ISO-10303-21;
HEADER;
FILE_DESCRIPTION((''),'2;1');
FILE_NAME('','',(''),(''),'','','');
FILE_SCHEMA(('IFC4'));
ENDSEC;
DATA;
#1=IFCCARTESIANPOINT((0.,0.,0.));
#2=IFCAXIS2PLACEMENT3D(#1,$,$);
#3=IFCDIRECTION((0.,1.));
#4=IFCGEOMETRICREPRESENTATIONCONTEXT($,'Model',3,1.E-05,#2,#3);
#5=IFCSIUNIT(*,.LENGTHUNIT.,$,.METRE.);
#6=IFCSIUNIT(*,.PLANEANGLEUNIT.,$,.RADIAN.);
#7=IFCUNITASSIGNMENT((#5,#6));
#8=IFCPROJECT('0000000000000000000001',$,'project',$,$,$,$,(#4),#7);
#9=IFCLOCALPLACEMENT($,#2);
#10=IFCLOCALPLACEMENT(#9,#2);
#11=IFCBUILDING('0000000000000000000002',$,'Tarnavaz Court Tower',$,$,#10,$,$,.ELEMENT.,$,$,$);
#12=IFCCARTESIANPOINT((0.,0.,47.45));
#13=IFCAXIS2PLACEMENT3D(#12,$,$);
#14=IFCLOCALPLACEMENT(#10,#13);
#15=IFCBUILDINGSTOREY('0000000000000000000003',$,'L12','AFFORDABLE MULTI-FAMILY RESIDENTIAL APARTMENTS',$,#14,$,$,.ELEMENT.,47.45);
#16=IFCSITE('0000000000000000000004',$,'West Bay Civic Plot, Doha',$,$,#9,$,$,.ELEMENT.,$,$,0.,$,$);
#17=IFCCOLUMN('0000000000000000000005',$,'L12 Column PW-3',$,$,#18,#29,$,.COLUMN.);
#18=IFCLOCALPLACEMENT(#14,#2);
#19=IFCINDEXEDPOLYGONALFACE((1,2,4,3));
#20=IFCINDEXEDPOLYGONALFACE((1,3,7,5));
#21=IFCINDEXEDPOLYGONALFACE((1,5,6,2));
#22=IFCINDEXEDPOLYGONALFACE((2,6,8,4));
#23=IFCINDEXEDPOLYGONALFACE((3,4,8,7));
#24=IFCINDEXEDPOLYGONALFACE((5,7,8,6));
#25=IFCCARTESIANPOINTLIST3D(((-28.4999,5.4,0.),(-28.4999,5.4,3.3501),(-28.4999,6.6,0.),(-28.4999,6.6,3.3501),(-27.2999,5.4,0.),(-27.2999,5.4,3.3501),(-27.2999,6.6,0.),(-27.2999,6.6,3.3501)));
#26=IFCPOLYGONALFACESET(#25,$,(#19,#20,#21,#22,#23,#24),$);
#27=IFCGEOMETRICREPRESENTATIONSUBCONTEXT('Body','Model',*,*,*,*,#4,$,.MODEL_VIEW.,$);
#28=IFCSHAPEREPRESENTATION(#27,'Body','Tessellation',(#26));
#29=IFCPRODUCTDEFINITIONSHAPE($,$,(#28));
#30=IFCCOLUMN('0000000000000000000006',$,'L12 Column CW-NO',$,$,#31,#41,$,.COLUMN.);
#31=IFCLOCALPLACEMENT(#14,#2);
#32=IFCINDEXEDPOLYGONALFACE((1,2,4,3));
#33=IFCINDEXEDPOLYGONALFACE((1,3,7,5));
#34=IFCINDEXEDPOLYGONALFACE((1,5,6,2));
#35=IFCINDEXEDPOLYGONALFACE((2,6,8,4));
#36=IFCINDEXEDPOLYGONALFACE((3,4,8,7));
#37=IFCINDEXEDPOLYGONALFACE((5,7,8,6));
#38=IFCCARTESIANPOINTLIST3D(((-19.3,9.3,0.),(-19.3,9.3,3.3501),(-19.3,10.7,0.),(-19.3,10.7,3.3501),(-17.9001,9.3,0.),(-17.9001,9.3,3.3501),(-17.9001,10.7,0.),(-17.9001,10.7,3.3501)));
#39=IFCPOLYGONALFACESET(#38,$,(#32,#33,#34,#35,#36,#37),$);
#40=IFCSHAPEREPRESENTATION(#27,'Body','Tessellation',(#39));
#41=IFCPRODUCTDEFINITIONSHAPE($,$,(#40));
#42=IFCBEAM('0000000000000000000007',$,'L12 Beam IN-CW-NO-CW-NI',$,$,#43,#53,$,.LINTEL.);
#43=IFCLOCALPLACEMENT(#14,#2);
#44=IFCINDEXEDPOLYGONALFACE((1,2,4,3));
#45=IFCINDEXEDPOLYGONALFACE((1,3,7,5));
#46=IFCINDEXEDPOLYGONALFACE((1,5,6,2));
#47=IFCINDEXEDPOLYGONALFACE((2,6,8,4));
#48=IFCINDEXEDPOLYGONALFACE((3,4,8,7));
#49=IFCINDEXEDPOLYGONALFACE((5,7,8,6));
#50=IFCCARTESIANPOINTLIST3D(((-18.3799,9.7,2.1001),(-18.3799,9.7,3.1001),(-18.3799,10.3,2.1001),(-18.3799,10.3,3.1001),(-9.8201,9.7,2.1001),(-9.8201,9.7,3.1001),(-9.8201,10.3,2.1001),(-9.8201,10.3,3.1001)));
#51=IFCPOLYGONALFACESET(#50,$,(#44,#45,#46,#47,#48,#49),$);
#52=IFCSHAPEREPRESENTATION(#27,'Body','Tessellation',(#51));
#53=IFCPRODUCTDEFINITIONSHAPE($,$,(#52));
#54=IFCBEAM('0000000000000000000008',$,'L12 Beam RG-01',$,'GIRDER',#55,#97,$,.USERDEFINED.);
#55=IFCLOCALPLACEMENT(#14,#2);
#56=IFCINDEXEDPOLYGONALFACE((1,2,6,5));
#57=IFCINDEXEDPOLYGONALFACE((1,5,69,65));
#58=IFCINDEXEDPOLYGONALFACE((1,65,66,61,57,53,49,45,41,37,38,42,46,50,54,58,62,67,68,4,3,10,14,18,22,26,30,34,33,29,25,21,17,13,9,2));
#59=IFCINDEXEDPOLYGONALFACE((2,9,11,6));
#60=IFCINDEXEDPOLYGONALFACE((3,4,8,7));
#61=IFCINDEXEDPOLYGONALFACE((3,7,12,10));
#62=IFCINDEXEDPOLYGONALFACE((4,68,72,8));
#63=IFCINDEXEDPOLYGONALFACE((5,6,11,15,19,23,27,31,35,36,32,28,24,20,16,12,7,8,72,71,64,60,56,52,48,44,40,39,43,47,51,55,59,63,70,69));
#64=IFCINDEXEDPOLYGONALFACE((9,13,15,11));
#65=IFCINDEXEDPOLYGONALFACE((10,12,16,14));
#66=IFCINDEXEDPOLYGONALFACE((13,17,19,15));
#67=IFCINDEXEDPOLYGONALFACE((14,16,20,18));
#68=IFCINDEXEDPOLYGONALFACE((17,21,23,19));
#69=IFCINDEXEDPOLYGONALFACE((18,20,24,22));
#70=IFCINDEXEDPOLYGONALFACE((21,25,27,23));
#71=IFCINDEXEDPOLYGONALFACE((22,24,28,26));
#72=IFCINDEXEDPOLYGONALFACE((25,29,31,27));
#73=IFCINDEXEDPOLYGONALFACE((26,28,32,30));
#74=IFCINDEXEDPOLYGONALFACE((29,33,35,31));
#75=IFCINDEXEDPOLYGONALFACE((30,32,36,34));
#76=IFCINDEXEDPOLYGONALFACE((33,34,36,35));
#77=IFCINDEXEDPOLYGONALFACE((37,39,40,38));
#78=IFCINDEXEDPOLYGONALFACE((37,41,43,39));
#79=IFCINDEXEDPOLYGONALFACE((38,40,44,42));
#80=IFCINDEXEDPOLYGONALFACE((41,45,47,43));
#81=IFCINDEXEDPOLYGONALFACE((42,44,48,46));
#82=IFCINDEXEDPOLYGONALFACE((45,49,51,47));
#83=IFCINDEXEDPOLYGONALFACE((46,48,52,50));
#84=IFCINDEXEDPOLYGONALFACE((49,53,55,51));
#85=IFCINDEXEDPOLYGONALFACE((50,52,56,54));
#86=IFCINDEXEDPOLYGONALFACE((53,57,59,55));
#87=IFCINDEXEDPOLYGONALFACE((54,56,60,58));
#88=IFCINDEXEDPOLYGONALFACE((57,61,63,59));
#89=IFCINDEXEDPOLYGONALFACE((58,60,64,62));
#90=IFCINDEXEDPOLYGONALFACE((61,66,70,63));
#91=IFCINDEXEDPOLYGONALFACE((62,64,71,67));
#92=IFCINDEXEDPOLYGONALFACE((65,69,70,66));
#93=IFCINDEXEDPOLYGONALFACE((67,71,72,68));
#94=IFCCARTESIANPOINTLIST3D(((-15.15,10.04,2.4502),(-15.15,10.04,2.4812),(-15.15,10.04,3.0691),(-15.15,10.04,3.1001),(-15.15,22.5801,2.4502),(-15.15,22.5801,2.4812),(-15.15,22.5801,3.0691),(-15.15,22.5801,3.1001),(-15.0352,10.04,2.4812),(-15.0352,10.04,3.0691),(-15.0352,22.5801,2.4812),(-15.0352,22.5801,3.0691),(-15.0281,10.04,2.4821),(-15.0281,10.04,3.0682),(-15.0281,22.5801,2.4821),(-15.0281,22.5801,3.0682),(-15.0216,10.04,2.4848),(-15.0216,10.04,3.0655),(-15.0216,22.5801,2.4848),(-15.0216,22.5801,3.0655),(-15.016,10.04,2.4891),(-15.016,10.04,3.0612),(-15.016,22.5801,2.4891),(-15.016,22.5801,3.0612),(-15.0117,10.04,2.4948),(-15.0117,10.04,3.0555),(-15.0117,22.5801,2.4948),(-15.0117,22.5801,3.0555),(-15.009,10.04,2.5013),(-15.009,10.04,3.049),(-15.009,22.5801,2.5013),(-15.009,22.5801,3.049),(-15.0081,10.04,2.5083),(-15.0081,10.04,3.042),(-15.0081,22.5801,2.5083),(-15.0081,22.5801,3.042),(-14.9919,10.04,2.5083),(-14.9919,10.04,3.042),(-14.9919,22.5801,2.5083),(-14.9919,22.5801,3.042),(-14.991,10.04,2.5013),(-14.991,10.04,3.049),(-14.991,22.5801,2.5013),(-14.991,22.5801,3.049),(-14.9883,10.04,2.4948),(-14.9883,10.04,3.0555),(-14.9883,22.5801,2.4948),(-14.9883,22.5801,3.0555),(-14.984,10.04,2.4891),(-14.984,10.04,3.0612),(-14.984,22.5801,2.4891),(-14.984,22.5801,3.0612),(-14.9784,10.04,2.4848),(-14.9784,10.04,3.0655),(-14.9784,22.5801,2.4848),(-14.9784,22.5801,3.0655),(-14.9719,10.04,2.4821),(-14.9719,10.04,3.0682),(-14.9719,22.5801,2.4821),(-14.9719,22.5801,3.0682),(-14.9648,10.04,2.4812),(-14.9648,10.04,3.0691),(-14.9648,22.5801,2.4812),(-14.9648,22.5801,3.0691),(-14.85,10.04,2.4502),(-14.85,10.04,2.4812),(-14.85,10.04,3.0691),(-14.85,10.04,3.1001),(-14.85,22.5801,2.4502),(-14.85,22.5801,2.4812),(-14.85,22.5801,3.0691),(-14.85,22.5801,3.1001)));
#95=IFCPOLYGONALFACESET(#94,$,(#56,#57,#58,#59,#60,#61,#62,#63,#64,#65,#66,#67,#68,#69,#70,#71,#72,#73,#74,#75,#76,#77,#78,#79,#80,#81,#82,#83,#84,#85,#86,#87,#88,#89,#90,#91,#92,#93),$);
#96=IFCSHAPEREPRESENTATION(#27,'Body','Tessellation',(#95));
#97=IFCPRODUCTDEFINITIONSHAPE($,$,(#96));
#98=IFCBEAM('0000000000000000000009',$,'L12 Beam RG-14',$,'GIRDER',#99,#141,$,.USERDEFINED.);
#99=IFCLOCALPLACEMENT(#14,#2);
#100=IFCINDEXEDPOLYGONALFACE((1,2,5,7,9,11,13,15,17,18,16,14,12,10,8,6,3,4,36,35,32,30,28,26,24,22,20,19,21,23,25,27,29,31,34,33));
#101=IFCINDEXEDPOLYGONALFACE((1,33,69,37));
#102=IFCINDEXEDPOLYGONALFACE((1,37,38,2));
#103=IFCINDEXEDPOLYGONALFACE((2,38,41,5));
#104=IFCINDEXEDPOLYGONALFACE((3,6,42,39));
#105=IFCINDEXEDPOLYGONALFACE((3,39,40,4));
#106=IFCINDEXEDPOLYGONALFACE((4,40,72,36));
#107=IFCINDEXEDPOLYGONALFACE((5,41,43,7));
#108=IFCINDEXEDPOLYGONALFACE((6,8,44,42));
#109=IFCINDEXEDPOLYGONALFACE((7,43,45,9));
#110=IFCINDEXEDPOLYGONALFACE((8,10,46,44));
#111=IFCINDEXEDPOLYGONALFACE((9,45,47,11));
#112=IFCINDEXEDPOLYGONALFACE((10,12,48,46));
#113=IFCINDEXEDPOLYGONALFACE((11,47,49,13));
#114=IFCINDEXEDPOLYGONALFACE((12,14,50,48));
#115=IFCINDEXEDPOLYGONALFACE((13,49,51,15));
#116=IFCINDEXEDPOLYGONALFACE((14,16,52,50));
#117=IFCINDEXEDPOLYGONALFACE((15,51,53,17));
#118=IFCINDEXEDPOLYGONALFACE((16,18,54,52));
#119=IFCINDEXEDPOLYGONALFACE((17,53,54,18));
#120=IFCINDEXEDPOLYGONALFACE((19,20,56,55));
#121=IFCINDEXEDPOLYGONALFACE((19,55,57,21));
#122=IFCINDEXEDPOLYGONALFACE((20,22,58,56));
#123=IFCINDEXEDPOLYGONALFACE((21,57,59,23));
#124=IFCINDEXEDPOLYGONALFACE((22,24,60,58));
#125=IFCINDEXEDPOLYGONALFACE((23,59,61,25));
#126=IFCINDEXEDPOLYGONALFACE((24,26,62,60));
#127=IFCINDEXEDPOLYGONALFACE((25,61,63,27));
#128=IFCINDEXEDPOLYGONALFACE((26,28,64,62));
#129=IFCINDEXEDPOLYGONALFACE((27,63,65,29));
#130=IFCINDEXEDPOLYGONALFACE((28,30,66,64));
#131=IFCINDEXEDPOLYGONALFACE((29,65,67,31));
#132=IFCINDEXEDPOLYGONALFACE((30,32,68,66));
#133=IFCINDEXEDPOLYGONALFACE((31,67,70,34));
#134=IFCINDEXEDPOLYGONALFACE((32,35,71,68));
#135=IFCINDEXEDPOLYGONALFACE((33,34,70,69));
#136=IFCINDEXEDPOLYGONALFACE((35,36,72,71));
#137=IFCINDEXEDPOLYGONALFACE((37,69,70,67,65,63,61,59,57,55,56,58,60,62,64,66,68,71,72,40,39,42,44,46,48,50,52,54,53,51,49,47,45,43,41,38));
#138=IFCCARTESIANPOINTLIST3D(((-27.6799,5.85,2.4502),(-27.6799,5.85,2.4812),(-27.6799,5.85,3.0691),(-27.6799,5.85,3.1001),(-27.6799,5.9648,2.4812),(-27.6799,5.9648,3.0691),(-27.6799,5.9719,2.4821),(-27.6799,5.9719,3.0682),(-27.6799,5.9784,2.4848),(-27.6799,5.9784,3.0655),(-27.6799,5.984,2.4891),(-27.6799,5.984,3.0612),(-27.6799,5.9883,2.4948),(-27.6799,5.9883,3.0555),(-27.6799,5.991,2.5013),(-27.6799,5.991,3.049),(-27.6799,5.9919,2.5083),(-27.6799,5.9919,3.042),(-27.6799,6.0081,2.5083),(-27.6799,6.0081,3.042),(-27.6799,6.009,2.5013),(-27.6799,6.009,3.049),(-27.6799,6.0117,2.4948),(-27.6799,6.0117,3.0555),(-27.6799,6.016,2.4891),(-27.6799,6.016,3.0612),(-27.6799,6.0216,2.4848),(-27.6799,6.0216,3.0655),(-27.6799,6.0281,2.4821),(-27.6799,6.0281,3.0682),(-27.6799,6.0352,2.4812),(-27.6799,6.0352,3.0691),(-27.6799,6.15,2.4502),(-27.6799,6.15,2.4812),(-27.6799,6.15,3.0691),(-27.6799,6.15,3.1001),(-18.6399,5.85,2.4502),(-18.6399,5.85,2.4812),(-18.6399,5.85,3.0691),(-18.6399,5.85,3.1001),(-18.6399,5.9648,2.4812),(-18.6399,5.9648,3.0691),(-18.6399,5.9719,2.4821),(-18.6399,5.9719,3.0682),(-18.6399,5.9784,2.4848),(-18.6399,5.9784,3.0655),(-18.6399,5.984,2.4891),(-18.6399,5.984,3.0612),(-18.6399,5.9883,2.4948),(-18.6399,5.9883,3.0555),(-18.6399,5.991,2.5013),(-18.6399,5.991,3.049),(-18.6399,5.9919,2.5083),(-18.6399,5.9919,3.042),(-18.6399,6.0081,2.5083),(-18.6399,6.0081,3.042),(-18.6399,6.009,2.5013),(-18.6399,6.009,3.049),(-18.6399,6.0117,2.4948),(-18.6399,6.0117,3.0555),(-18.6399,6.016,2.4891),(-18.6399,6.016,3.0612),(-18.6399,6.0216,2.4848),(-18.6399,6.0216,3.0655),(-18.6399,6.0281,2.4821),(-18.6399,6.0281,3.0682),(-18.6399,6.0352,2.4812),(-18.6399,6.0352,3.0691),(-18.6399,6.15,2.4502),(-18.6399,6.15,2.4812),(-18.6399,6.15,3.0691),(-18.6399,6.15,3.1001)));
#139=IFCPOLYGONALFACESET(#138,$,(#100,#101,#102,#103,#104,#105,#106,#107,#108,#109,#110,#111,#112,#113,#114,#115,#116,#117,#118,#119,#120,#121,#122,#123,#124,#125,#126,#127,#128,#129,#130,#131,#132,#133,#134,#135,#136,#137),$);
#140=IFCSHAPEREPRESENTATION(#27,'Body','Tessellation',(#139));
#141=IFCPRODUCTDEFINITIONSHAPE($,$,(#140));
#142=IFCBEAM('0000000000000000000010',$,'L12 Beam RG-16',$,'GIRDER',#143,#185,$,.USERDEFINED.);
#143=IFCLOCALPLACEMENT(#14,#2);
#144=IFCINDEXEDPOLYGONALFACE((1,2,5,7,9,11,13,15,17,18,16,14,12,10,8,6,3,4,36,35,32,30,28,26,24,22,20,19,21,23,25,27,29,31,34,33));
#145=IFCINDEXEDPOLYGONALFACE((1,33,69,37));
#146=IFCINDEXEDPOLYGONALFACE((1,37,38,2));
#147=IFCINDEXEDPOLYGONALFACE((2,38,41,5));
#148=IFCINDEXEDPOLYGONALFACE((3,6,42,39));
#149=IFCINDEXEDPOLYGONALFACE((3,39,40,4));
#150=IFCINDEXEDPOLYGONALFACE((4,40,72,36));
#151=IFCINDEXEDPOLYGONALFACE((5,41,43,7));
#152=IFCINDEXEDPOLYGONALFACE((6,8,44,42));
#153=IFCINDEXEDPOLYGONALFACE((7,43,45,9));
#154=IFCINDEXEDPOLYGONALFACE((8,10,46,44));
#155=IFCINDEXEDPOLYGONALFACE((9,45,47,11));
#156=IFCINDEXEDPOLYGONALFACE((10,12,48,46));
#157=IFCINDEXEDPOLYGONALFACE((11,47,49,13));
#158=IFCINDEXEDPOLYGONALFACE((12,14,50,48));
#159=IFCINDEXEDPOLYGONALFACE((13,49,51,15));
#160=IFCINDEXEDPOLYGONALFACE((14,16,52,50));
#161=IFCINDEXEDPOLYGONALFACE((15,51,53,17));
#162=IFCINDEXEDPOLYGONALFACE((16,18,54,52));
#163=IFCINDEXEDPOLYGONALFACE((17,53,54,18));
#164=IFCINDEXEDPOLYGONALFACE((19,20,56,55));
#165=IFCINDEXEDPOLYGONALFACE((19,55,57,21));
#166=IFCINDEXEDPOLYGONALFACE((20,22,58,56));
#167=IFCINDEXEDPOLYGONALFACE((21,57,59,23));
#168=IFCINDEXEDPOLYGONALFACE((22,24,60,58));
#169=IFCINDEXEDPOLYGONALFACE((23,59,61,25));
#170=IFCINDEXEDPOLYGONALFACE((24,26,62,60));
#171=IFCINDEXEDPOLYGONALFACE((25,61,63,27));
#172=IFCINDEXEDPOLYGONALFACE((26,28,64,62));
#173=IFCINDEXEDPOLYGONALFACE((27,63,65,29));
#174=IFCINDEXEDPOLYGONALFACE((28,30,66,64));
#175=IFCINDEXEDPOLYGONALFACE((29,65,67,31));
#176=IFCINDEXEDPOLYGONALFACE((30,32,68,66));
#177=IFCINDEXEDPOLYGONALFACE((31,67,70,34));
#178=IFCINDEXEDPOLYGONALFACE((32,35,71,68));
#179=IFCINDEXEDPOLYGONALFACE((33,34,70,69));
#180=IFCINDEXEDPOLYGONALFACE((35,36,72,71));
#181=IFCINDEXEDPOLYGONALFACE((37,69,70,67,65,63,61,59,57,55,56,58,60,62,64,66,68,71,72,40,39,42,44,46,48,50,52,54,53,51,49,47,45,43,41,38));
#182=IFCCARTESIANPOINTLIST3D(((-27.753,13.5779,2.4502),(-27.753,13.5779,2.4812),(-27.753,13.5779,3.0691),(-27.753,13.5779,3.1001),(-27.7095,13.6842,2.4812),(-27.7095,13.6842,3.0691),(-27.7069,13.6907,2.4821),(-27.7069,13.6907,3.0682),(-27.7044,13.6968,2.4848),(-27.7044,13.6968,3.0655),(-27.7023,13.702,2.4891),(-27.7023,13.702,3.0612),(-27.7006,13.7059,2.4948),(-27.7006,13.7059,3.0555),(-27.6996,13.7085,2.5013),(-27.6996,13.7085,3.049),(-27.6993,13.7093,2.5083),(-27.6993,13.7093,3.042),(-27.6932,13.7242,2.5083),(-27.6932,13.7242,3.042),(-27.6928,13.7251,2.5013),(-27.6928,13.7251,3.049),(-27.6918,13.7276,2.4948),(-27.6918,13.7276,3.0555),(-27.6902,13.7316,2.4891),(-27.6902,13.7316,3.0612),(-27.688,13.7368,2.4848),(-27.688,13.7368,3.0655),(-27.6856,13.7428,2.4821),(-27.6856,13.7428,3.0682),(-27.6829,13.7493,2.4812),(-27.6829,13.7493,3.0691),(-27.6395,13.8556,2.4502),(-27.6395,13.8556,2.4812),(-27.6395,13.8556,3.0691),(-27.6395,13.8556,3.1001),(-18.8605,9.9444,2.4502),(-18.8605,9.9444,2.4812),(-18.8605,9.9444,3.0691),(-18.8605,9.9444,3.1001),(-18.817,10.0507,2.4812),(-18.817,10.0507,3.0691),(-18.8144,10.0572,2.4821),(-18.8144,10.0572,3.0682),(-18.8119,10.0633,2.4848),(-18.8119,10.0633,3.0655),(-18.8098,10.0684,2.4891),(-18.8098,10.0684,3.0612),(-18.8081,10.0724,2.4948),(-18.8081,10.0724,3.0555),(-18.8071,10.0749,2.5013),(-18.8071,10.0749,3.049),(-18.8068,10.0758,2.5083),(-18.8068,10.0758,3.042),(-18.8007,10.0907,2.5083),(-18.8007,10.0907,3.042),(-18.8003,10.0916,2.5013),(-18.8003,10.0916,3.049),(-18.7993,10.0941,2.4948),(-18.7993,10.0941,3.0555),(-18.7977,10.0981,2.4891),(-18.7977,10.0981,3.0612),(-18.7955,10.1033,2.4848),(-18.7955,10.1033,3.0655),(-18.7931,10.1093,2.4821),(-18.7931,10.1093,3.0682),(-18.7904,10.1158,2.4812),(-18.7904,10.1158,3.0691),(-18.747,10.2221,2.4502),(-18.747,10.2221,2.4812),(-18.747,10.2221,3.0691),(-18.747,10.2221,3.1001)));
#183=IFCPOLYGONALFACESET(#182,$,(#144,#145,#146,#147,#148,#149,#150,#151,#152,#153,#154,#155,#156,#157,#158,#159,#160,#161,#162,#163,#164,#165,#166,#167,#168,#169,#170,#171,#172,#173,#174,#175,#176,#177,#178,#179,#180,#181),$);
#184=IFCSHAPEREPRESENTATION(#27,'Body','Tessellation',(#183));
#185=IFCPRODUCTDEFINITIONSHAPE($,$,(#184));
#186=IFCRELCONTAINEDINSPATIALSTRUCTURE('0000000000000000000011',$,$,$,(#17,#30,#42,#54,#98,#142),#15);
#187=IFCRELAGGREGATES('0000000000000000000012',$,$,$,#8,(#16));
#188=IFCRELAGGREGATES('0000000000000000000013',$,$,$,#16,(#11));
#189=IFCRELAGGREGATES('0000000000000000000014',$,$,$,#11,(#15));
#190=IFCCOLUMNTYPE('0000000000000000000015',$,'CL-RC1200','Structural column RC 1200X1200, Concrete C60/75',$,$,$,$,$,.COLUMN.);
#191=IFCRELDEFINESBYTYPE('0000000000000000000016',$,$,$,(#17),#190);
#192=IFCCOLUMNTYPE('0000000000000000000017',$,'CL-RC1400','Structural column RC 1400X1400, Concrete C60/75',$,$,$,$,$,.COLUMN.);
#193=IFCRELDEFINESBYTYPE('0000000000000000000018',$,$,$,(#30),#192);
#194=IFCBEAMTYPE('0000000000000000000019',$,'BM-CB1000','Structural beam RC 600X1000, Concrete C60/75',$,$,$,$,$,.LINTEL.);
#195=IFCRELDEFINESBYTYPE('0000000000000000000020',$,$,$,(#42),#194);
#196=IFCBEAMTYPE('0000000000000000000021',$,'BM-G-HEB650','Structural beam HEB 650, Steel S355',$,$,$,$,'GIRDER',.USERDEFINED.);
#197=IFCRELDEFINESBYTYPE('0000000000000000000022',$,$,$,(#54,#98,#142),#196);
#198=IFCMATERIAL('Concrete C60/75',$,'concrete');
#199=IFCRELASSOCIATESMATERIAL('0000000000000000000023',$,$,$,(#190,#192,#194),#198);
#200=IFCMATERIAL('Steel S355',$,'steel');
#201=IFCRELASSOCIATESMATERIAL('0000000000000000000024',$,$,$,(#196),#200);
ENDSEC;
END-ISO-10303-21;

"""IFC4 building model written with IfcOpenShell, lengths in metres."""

from ifc_helpers import new_model, si_unit, direction, frame, origin, origin_2d, place, context, subcontext, project, spatial, rectangle, i_section, extrude, material, material_profile, profile_set, type_object, element, save


model = new_model("IFC4")

# Units and contexts
model_context = context("Model", 3, precision=1e-05, world=origin(), true_north=direction((0.0, 1.0)))
body_context = subcontext(model_context, "Body", "Model", "MODEL_VIEW")
ifc_project = project(units=[si_unit("LENGTHUNIT", "METRE"), si_unit("PLANEANGLEUNIT", "RADIAN")], contexts=[model_context])

# Site, building, storey
site_placement = place(None, origin())
site = spatial("IfcSite", under=ifc_project, at=site_placement, Name="West Bay Civic Plot, Doha", CompositionType="ELEMENT", RefElevation=0.0)
building_placement = place(site_placement, origin())
building = spatial("IfcBuilding", under=site, at=building_placement, Name="Tarnavaz Court Tower", CompositionType="ELEMENT")
storey_placement = place(building_placement, frame((0.0, 0.0, 47.45)))
storey = spatial("IfcBuildingStorey", under=building, at=storey_placement, Name="L12", Description="AFFORDABLE MULTI-FAMILY RESIDENTIAL APARTMENTS", CompositionType="ELEMENT", Elevation=47.45)

# Columns
ifc_material_1 = material(Name="Concrete C60/75", Category="concrete")
ifc_material_profile_1 = material_profile(ifc_material_1, rectangle(XDim=1.2, YDim=1.2, at=origin_2d()), Name="RC 1200X1200")
ifc_profile_set_1 = profile_set([ifc_material_profile_1], Name="Concrete C60/75")
column_type_1 = type_object("IfcColumnType", Name="CL-RC1200", Description="Structural column RC 1200X1200, Concrete C60/75", PredefinedType="COLUMN", material=ifc_profile_set_1)
column_1_placement = place(storey_placement, frame((-27.8999, 6.0, 0.0), z_axis=(0.0, 0.0, 1.0), x_axis=(1.0, 0.0, 0.0)))
element("IfcColumn", 1, at=column_1_placement, inside=storey, type_object=column_type_1, Name="L12 Column PW-3", PredefinedType="COLUMN", context=body_context, shape_type="SweptSolid", body=[
    extrude(rectangle(XDim=1.2, YDim=1.2, at=origin_2d()), origin(), (0.0, 0.0, 1.0), 3.3501),
])
ifc_material_profile_2 = material_profile(ifc_material_1, rectangle(XDim=1.3999, YDim=1.3999, at=origin_2d()), Name="RC 1400X1400")
ifc_profile_set_2 = profile_set([ifc_material_profile_2], Name="Concrete C60/75")
column_type_2 = type_object("IfcColumnType", Name="CL-RC1400", Description="Structural column RC 1400X1400, Concrete C60/75", PredefinedType="COLUMN", material=ifc_profile_set_2)
column_2_placement = place(storey_placement, frame((-18.6001, 10.0, 0.0), z_axis=(0.0, 0.0, 1.0), x_axis=(1.0, 0.0, 0.0)))
element("IfcColumn", 2, at=column_2_placement, inside=storey, type_object=column_type_2, Name="L12 Column CW-NO", PredefinedType="COLUMN", context=body_context, shape_type="SweptSolid", body=[
    extrude(rectangle(XDim=1.3999, YDim=1.3999, at=origin_2d()), origin(), (0.0, 0.0, 1.0), 3.3501),
])

# Beams
ifc_material_profile_3 = material_profile(ifc_material_1, rectangle(XDim=0.6001, YDim=1.0, at=origin_2d()), Name="RC 600X1000")
ifc_profile_set_3 = profile_set([ifc_material_profile_3], Name="Concrete C60/75")
beam_type_1 = type_object("IfcBeamType", Name="BM-CB1000", Description="Structural beam RC 600X1000, Concrete C60/75", PredefinedType="LINTEL", material=ifc_profile_set_3)
beam_1_placement = place(storey_placement, frame((-18.3799, 10.0, 2.6001), z_axis=(1.0, 0.0, 0.0), x_axis=(0.0, 1.0, 0.0)))
element("IfcBeam", 3, at=beam_1_placement, inside=storey, type_object=beam_type_1, Name="L12 Beam IN-CW-NO-CW-NI", PredefinedType="LINTEL", context=body_context, shape_type="SweptSolid", body=[
    extrude(rectangle(XDim=0.6001, YDim=1.0, at=origin_2d()), origin(), (0.0, 0.0, 1.0), 8.5598),
])
ifc_material_2 = material(Name="Steel S355", Category="steel")
ifc_material_profile_4 = material_profile(ifc_material_2, i_section(OverallWidth=0.3, OverallDepth=0.6499, WebThickness=0.0161, FlangeThickness=0.031, FilletRadius=0.0271, at=origin_2d()), Name="HEB 650")
ifc_profile_set_4 = profile_set([ifc_material_profile_4], Name="Steel S355")
beam_type_2 = type_object("IfcBeamType", Name="BM-G-HEB650", Description="Structural beam HEB 650, Steel S355", ElementType="GIRDER", PredefinedType="USERDEFINED", material=ifc_profile_set_4)
beam_2_placement = place(storey_placement, frame((-15.0, 10.04, 2.7751), z_axis=(0.0, 1.0, 0.0), x_axis=(-1.0, 0.0, 0.0)))
element("IfcBeam", 4, at=beam_2_placement, inside=storey, type_object=beam_type_2, Name="L12 Beam RG-01", ObjectType="GIRDER", PredefinedType="USERDEFINED", context=body_context, shape_type="SweptSolid", body=[
    extrude(i_section(OverallWidth=0.3, OverallDepth=0.6499, WebThickness=0.0161, FlangeThickness=0.031, FilletRadius=0.0271, at=origin_2d()), origin(), (0.0, 0.0, 1.0), 12.54),
])
beam_3_placement = place(storey_placement, frame((-18.6399, 6.0, 2.7751), z_axis=(-1.0, 0.0, 0.0), x_axis=(0.0, -1.0, 0.0)))
element("IfcBeam", 5, at=beam_3_placement, inside=storey, type_object=beam_type_2, Name="L12 Beam RG-14", ObjectType="GIRDER", PredefinedType="USERDEFINED", context=body_context, shape_type="SweptSolid", body=[
    extrude(i_section(OverallWidth=0.3, OverallDepth=0.6499, WebThickness=0.0161, FlangeThickness=0.031, FilletRadius=0.0271, at=origin_2d()), origin(), (0.0, 0.0, 1.0), 9.04),
])
beam_4_placement = place(storey_placement, frame((-18.8037, 10.0833, 2.7751), z_axis=(-0.925705, 0.378247, 0.0), x_axis=(-0.378247, -0.925705, 0.0)))
element("IfcBeam", 6, at=beam_4_placement, inside=storey, type_object=beam_type_2, Name="L12 Beam RG-16", ObjectType="GIRDER", PredefinedType="USERDEFINED", context=body_context, shape_type="SweptSolid", body=[
    extrude(i_section(OverallWidth=0.3, OverallDepth=0.6499, WebThickness=0.0161, FlangeThickness=0.031, FilletRadius=0.0271, at=origin_2d()), origin(), (0.0, 0.0, 1.0), 9.6062),
])

save(model, "model.ifc")
